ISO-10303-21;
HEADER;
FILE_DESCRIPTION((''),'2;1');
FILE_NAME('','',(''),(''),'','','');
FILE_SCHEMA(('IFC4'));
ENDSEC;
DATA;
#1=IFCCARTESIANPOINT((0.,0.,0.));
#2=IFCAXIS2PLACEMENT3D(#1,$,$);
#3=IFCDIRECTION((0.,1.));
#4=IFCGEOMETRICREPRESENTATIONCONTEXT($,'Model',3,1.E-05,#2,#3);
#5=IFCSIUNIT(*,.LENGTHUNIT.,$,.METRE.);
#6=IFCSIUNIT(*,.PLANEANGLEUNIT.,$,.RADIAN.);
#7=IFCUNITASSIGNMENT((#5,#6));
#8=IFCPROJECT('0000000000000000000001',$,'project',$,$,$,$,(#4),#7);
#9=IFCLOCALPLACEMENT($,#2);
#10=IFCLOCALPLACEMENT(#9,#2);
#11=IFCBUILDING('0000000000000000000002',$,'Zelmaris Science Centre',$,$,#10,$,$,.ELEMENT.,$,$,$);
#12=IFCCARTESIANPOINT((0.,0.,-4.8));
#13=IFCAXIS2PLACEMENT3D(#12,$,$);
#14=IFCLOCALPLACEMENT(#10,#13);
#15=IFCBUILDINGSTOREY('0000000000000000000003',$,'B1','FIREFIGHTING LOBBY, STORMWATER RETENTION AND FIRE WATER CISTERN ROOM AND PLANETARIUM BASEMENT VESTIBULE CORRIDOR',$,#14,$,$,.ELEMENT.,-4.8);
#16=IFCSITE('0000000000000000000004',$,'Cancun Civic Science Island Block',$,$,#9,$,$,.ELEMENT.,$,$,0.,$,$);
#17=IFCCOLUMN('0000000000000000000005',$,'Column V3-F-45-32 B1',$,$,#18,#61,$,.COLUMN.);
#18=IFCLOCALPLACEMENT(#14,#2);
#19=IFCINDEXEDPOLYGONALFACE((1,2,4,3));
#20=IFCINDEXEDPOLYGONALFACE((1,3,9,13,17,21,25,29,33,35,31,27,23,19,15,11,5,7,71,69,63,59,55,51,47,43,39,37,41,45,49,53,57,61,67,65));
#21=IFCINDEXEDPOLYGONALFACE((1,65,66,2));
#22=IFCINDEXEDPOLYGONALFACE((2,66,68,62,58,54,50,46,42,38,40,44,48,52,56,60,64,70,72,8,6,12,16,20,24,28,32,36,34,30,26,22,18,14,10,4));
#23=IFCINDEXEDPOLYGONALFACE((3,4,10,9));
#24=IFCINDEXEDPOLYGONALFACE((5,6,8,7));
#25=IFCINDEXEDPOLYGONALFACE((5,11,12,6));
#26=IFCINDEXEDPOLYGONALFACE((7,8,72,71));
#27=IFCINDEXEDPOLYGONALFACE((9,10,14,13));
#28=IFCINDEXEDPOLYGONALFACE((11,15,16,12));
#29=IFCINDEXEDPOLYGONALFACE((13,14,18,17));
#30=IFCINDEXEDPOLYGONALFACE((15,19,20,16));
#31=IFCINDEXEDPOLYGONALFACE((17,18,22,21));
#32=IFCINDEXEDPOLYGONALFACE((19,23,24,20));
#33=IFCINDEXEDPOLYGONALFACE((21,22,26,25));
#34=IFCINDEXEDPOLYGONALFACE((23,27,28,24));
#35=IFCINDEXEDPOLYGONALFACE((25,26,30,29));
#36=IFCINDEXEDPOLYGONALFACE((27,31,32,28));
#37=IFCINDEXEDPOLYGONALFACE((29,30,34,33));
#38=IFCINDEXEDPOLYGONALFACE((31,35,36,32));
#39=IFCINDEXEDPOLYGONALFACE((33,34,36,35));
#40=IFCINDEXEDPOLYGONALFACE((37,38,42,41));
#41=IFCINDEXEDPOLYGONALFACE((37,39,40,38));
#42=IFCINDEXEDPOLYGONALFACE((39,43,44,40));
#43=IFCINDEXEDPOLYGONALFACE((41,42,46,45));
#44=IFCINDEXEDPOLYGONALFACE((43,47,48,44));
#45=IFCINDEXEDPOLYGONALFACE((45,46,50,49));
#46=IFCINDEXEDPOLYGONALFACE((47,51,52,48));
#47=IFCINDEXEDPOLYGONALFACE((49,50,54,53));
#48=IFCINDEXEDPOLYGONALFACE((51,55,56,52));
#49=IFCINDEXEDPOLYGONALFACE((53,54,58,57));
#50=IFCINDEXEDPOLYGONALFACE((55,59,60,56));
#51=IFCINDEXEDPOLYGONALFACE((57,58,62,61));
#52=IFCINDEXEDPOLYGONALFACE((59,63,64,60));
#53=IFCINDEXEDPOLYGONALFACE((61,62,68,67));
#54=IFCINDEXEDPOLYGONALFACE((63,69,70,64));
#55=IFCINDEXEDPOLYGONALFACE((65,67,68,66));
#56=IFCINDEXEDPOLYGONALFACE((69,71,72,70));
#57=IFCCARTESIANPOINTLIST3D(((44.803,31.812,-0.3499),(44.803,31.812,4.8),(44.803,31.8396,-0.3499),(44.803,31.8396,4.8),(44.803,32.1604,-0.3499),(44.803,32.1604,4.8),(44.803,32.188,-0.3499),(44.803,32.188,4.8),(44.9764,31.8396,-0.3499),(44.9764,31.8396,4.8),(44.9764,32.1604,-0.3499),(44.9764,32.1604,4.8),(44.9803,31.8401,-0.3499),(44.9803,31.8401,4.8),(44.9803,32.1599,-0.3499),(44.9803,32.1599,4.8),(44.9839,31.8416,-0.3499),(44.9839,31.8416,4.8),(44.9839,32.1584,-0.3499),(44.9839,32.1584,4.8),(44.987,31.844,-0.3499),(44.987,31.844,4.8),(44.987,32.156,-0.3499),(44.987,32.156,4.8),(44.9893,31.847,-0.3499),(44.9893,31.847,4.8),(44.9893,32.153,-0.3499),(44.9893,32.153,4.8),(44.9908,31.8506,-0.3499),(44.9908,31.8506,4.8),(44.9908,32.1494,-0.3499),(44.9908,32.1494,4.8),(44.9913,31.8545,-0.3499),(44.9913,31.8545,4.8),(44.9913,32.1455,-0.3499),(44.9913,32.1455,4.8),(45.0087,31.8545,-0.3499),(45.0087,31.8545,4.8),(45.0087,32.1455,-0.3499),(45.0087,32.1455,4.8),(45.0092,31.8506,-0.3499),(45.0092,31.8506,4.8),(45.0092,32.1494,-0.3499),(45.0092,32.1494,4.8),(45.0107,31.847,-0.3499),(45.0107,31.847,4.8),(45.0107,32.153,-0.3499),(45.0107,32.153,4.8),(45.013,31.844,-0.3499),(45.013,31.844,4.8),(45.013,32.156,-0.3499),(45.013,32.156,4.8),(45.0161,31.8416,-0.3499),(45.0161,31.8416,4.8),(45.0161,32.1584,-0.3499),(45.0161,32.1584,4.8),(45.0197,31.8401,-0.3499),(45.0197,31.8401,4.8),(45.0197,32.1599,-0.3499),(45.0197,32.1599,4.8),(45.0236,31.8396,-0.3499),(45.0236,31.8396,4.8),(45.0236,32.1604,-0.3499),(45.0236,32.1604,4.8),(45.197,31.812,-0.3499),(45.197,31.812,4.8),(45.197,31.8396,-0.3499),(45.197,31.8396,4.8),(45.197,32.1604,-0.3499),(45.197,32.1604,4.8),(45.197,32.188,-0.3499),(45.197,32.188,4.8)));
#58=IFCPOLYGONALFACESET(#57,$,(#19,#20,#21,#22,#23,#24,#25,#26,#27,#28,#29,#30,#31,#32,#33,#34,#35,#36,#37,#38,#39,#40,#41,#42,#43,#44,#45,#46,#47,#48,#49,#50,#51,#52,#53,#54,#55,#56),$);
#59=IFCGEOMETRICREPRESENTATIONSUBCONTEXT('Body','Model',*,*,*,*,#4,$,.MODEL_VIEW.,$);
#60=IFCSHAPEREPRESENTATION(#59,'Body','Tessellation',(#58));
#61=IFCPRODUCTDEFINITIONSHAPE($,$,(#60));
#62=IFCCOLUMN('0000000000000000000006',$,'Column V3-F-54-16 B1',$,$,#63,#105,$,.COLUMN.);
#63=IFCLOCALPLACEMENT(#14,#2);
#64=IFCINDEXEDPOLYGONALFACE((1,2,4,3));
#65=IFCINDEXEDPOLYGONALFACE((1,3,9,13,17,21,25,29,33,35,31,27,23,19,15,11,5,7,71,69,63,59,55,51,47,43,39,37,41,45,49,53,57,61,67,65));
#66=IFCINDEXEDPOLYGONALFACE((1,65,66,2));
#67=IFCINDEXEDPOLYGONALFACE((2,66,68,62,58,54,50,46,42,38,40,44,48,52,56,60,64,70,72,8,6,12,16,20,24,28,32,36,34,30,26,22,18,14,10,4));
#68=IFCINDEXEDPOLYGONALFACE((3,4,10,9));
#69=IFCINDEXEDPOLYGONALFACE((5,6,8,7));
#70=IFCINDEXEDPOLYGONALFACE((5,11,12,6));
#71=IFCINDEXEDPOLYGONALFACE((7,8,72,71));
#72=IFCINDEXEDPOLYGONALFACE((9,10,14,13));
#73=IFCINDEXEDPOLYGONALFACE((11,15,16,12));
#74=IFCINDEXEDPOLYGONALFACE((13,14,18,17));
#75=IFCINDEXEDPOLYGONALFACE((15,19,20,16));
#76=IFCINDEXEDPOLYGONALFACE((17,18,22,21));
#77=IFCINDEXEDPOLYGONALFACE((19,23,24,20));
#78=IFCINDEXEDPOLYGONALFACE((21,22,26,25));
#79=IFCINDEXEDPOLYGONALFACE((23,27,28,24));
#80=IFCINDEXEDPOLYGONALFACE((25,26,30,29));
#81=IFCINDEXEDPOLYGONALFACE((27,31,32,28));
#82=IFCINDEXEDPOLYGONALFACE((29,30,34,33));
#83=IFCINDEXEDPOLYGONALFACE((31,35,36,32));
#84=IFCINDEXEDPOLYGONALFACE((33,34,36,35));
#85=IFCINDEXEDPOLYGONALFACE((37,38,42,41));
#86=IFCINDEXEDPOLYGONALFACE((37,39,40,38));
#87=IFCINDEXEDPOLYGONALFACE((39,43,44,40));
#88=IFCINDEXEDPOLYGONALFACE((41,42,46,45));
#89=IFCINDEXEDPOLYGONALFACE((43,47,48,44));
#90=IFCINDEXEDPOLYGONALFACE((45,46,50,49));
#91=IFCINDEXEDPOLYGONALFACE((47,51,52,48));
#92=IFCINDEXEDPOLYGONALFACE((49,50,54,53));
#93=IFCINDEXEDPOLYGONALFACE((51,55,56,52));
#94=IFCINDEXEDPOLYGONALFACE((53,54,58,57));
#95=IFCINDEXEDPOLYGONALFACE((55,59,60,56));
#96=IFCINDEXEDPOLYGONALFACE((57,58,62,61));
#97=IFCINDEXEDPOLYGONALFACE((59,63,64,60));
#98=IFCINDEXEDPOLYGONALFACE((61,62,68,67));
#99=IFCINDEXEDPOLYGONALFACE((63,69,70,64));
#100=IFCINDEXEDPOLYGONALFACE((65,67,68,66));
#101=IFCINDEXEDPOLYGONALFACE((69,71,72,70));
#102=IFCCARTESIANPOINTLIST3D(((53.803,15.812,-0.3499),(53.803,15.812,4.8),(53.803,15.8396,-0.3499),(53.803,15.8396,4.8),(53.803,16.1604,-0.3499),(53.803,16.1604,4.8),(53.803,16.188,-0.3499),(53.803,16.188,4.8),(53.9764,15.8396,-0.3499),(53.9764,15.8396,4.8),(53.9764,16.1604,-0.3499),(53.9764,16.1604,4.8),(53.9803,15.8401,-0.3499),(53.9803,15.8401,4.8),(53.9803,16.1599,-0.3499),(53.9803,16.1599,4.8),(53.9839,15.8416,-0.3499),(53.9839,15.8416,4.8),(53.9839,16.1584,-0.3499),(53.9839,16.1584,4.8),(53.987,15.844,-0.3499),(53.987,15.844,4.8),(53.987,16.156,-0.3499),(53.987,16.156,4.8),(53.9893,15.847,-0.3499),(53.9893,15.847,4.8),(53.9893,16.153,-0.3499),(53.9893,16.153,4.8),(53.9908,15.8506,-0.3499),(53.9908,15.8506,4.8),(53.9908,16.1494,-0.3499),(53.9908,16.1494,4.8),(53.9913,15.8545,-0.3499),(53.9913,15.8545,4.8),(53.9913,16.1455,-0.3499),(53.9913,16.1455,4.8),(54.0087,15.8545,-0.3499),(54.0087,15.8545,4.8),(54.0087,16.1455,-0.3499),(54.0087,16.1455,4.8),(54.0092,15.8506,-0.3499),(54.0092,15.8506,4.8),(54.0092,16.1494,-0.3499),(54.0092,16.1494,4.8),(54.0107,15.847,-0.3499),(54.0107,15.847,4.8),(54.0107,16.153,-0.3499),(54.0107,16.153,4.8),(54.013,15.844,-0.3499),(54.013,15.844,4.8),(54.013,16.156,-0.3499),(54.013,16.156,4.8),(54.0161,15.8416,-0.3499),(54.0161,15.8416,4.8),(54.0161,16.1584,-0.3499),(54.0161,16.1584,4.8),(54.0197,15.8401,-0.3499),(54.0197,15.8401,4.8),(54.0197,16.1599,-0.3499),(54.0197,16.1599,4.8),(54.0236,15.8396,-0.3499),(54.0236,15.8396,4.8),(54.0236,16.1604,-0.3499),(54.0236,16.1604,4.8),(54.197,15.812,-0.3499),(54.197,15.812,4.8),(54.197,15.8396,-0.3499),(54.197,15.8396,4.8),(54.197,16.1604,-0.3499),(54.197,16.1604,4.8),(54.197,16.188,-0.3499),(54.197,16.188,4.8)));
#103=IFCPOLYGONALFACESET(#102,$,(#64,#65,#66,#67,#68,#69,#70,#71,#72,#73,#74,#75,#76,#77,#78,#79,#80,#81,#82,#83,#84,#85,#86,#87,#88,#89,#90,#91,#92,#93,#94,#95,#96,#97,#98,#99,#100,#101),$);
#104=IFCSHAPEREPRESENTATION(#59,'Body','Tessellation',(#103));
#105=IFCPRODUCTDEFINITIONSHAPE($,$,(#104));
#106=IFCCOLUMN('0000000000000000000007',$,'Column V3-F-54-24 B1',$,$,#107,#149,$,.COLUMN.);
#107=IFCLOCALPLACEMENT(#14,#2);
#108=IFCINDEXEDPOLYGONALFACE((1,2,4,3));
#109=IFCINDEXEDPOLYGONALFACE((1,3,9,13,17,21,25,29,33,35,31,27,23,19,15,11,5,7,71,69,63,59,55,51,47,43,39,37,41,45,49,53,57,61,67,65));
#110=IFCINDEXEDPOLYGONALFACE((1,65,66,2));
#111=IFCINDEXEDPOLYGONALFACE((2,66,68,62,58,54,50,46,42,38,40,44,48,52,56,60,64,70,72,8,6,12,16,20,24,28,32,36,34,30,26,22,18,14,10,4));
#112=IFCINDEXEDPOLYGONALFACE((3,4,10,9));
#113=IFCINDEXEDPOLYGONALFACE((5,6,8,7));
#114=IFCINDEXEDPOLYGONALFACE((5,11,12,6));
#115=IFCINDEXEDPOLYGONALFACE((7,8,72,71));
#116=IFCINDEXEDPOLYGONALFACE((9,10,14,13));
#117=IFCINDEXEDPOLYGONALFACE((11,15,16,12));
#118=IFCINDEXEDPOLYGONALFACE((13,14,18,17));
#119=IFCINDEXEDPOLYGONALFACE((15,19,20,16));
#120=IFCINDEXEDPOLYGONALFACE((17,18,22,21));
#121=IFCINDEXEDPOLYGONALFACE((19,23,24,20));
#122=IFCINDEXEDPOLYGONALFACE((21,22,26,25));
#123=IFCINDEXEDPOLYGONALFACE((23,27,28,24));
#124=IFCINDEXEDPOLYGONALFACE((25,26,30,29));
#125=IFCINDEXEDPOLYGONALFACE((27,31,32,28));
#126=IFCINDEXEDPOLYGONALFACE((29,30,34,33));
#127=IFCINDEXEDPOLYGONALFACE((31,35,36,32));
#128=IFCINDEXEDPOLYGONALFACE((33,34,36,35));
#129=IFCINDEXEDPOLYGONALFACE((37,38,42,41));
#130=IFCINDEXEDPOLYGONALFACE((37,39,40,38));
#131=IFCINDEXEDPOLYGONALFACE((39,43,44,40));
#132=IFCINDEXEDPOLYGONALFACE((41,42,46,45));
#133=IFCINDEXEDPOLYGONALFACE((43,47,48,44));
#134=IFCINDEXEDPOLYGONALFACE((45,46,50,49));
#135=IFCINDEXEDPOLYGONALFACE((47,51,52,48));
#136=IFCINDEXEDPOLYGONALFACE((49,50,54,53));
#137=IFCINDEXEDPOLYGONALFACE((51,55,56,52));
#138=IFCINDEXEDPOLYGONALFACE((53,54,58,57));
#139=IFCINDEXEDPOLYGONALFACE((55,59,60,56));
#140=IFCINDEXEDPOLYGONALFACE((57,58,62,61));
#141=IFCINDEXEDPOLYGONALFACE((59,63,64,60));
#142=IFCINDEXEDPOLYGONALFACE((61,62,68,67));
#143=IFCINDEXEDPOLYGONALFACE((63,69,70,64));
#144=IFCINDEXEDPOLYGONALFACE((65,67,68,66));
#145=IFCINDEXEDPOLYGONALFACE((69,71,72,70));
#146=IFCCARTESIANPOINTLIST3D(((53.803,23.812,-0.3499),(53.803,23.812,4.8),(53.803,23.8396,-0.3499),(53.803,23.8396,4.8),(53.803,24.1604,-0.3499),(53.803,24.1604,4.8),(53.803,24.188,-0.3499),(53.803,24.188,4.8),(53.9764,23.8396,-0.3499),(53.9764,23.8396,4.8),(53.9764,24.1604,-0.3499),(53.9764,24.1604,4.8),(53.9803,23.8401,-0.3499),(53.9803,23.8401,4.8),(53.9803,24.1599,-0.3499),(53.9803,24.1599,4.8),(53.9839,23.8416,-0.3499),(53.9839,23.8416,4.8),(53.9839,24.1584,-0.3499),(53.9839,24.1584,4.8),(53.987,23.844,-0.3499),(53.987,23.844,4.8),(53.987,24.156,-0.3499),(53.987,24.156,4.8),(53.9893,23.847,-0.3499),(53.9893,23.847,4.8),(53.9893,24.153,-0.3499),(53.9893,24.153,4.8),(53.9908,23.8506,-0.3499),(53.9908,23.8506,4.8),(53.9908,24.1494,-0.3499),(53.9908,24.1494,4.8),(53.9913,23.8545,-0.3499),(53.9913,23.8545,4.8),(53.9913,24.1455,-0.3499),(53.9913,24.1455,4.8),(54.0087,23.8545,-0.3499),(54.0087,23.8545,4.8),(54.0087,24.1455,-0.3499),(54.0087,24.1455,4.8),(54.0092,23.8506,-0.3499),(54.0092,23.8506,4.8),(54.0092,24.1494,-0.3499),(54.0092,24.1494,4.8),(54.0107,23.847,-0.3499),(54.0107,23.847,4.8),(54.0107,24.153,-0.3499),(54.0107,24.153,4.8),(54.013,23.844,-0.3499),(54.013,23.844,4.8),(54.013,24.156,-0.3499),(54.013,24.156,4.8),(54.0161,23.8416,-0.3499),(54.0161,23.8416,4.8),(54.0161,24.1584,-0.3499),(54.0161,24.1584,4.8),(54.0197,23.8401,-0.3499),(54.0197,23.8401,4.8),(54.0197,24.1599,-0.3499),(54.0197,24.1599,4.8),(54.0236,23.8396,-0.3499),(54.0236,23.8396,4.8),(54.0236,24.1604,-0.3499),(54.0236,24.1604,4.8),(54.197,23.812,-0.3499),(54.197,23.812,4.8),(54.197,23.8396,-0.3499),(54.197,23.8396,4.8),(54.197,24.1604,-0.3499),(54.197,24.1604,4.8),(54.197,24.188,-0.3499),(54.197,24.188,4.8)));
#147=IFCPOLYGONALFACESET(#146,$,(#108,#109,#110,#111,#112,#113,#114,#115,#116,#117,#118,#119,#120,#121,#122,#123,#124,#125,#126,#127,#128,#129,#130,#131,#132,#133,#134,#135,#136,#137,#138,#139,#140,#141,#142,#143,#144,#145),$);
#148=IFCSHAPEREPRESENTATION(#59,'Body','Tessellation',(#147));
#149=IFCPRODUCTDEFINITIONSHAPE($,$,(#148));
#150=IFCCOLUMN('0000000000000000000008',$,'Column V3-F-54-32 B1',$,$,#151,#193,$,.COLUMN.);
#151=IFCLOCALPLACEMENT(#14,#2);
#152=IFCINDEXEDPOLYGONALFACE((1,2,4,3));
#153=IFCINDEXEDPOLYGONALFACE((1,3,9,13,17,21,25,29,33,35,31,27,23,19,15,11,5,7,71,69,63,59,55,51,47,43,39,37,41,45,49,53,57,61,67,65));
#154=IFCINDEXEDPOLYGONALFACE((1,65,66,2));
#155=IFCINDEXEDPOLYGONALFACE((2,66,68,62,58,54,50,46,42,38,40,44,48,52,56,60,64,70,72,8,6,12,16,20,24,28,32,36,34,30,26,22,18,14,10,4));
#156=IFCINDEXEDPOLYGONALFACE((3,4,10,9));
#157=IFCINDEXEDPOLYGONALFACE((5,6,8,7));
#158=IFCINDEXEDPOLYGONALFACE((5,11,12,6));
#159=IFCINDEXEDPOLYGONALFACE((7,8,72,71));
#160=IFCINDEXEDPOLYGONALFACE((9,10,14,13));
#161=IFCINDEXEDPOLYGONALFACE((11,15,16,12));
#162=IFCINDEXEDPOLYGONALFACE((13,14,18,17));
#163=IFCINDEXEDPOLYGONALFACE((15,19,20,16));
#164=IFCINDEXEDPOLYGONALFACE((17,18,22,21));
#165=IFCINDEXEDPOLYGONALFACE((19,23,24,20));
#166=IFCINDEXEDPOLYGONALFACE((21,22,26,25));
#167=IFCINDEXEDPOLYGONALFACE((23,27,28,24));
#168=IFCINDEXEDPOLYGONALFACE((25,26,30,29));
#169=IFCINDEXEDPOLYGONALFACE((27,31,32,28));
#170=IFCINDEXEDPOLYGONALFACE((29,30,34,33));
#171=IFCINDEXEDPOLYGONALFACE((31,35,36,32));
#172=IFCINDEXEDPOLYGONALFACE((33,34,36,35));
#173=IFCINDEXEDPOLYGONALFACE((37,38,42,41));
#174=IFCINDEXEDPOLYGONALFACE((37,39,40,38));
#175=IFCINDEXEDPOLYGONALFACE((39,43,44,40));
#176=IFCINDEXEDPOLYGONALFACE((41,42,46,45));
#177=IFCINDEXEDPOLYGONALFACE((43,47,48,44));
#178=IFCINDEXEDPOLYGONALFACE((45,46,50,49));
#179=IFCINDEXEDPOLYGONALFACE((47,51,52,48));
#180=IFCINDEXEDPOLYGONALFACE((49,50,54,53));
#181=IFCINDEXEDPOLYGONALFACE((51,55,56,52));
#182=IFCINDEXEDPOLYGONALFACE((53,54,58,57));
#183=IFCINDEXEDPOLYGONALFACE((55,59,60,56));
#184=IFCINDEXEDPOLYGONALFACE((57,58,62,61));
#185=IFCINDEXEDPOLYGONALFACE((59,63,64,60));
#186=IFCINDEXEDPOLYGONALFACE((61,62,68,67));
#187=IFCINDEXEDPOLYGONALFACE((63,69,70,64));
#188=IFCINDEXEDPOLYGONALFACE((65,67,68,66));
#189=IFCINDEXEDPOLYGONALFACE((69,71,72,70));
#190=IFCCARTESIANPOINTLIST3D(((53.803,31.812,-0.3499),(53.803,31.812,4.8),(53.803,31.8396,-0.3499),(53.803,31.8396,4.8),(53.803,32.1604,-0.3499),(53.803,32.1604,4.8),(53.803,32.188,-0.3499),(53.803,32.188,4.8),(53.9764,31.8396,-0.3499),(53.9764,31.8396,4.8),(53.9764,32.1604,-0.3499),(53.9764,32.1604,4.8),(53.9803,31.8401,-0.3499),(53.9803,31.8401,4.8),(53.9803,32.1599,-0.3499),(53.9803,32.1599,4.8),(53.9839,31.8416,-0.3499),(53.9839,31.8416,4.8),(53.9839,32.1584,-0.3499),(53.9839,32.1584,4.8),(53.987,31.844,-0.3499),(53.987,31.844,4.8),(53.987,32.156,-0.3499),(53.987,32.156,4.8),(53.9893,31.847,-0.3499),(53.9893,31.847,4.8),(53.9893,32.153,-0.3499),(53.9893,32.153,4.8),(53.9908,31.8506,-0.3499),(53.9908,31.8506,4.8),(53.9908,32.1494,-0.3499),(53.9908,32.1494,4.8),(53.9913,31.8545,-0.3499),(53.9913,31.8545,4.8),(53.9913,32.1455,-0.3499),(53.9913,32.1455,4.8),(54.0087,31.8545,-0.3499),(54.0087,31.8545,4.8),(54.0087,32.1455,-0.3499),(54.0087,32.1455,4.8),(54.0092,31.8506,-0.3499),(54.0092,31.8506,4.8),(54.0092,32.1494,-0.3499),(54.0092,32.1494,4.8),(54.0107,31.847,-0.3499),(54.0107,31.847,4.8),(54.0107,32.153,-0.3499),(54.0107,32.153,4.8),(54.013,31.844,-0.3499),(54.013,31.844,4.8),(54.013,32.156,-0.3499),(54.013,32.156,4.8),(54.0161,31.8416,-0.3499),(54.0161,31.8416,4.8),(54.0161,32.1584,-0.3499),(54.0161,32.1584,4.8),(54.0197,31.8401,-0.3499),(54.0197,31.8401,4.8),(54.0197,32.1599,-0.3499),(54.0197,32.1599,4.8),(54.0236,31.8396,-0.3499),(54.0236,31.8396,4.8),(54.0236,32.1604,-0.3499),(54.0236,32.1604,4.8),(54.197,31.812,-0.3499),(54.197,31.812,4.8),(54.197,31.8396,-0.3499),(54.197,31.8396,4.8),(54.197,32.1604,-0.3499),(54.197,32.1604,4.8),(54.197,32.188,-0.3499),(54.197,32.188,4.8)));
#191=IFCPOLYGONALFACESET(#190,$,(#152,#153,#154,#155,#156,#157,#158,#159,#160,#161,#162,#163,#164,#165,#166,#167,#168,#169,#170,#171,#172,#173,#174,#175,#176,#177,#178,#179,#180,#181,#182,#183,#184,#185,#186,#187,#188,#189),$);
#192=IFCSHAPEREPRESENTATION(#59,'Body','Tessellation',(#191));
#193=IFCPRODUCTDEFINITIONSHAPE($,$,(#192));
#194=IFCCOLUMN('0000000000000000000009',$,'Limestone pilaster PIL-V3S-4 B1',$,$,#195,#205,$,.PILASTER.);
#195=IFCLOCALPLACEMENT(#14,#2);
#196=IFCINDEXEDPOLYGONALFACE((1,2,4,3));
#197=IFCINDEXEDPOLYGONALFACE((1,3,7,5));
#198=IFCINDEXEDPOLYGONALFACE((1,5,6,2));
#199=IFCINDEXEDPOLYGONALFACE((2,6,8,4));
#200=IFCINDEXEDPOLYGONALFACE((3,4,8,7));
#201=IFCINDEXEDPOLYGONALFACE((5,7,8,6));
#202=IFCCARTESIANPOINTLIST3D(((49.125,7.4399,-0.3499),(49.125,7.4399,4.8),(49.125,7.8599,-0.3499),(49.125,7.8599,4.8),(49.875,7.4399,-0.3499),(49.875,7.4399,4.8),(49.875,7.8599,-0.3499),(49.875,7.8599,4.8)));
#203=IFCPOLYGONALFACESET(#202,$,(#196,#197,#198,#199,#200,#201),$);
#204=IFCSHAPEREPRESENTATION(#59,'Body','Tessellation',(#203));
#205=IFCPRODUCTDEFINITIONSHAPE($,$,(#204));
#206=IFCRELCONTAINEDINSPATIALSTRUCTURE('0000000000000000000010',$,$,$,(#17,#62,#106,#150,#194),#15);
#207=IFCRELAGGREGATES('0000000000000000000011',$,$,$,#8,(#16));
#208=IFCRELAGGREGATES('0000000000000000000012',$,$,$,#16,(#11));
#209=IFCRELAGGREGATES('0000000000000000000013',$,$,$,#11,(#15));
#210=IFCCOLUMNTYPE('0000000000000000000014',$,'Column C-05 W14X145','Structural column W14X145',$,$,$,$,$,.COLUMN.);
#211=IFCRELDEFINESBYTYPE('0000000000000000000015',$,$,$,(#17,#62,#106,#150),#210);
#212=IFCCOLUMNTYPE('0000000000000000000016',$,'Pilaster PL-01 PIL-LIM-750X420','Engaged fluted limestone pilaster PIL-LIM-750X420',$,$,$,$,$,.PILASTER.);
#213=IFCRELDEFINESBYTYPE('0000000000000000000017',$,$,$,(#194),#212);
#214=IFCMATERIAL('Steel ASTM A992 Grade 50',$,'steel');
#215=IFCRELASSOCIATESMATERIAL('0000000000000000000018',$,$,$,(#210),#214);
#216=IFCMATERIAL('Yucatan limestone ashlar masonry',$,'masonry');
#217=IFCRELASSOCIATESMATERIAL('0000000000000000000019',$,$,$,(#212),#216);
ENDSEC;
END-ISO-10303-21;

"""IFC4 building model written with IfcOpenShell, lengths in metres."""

from ifc_helpers import new_model, si_unit, direction, frame, origin, origin_2d, place, context, subcontext, project, spatial, rectangle, i_section, extrude, material, material_profile, profile_set, type_object, element, save


model = new_model("IFC4")

# Units and contexts
model_context = context("Model", 3, precision=1e-05, world=origin(), true_north=direction((0.0, 1.0)))
body_context = subcontext(model_context, "Body", "Model", "MODEL_VIEW")
ifc_project = project(units=[si_unit("LENGTHUNIT", "METRE"), si_unit("PLANEANGLEUNIT", "RADIAN")], contexts=[model_context])

# Site, building, storey
site_placement = place(None, origin())
site = spatial("IfcSite", under=ifc_project, at=site_placement, Name="Cancun Civic Science Island Block", CompositionType="ELEMENT", RefElevation=0.0)
building_placement = place(site_placement, origin())
building = spatial("IfcBuilding", under=site, at=building_placement, Name="Zelmaris Science Centre", CompositionType="ELEMENT")
storey_placement = place(building_placement, frame((0.0, 0.0, -4.8)))
storey = spatial("IfcBuildingStorey", under=building, at=storey_placement, Name="B1", Description="FIREFIGHTING LOBBY, STORMWATER RETENTION AND FIRE WATER CISTERN ROOM AND PLANETARIUM BASEMENT VESTIBULE CORRIDOR", CompositionType="ELEMENT", Elevation=-4.8)

# Columns
ifc_material_1 = material(Name="Steel ASTM A992 Grade 50", Category="steel")
ifc_material_profile_1 = material_profile(ifc_material_1, i_section(OverallWidth=0.394, OverallDepth=0.376, WebThickness=0.0173, FlangeThickness=0.0276, FilletRadius=0.0149, at=origin_2d()), Name="W14X145")
ifc_profile_set_1 = profile_set([ifc_material_profile_1], Name="Steel ASTM A992 Grade 50")
column_type_1 = type_object("IfcColumnType", Name="Column C-05 W14X145", Description="Structural column W14X145", PredefinedType="COLUMN", material=ifc_profile_set_1)
for number, where, z_axis, x_axis, name in (
    (1, (45.0, 32.0, -0.3499), (0.0, 0.0, 1.0), (1.0, 0.0, 0.0), "Column V3-F-45-32 B1"),
    (2, (54.0, 16.0, -0.3499), (0.0, 0.0, 1.0), (1.0, 0.0, 0.0), "Column V3-F-54-16 B1"),
    (3, (54.0, 24.0, -0.3499), (0.0, 0.0, 1.0), (1.0, 0.0, 0.0), "Column V3-F-54-24 B1"),
    (4, (54.0, 32.0, -0.3499), (0.0, 0.0, 1.0), (1.0, 0.0, 0.0), "Column V3-F-54-32 B1"),
):
    element("IfcColumn", number, at=place(storey_placement, frame(where, z_axis=z_axis, x_axis=x_axis)), inside=storey, type_object=column_type_1, Name=name, PredefinedType="COLUMN", context=body_context, shape_type="SweptSolid", body=[
        extrude(i_section(OverallWidth=0.394, OverallDepth=0.376, WebThickness=0.0173, FlangeThickness=0.0276, FilletRadius=0.0149, at=origin_2d()), origin(), (0.0, 0.0, 1.0), 5.1499),
    ])
ifc_material_2 = material(Name="Yucatan limestone ashlar masonry", Category="masonry")
ifc_material_profile_2 = material_profile(ifc_material_2, rectangle(XDim=0.75, YDim=0.4199, at=origin_2d()), Name="PIL-LIM-750X420")
ifc_profile_set_2 = profile_set([ifc_material_profile_2], Name="Yucatan limestone ashlar masonry")
column_type_2 = type_object("IfcColumnType", Name="Pilaster PL-01 PIL-LIM-750X420", Description="Engaged fluted limestone pilaster PIL-LIM-750X420", PredefinedType="PILASTER", material=ifc_profile_set_2)
column_1_placement = place(storey_placement, frame((49.5, 7.6499, -0.3499), z_axis=(0.0, 0.0, 1.0), x_axis=(1.0, 0.0, 0.0)))
element("IfcColumn", 5, at=column_1_placement, inside=storey, type_object=column_type_2, Name="Limestone pilaster PIL-V3S-4 B1", PredefinedType="PILASTER", context=body_context, shape_type="SweptSolid", body=[
    extrude(rectangle(XDim=0.75, YDim=0.4199, at=origin_2d()), origin(), (0.0, 0.0, 1.0), 5.1499),
])

save(model, "model.ifc")
